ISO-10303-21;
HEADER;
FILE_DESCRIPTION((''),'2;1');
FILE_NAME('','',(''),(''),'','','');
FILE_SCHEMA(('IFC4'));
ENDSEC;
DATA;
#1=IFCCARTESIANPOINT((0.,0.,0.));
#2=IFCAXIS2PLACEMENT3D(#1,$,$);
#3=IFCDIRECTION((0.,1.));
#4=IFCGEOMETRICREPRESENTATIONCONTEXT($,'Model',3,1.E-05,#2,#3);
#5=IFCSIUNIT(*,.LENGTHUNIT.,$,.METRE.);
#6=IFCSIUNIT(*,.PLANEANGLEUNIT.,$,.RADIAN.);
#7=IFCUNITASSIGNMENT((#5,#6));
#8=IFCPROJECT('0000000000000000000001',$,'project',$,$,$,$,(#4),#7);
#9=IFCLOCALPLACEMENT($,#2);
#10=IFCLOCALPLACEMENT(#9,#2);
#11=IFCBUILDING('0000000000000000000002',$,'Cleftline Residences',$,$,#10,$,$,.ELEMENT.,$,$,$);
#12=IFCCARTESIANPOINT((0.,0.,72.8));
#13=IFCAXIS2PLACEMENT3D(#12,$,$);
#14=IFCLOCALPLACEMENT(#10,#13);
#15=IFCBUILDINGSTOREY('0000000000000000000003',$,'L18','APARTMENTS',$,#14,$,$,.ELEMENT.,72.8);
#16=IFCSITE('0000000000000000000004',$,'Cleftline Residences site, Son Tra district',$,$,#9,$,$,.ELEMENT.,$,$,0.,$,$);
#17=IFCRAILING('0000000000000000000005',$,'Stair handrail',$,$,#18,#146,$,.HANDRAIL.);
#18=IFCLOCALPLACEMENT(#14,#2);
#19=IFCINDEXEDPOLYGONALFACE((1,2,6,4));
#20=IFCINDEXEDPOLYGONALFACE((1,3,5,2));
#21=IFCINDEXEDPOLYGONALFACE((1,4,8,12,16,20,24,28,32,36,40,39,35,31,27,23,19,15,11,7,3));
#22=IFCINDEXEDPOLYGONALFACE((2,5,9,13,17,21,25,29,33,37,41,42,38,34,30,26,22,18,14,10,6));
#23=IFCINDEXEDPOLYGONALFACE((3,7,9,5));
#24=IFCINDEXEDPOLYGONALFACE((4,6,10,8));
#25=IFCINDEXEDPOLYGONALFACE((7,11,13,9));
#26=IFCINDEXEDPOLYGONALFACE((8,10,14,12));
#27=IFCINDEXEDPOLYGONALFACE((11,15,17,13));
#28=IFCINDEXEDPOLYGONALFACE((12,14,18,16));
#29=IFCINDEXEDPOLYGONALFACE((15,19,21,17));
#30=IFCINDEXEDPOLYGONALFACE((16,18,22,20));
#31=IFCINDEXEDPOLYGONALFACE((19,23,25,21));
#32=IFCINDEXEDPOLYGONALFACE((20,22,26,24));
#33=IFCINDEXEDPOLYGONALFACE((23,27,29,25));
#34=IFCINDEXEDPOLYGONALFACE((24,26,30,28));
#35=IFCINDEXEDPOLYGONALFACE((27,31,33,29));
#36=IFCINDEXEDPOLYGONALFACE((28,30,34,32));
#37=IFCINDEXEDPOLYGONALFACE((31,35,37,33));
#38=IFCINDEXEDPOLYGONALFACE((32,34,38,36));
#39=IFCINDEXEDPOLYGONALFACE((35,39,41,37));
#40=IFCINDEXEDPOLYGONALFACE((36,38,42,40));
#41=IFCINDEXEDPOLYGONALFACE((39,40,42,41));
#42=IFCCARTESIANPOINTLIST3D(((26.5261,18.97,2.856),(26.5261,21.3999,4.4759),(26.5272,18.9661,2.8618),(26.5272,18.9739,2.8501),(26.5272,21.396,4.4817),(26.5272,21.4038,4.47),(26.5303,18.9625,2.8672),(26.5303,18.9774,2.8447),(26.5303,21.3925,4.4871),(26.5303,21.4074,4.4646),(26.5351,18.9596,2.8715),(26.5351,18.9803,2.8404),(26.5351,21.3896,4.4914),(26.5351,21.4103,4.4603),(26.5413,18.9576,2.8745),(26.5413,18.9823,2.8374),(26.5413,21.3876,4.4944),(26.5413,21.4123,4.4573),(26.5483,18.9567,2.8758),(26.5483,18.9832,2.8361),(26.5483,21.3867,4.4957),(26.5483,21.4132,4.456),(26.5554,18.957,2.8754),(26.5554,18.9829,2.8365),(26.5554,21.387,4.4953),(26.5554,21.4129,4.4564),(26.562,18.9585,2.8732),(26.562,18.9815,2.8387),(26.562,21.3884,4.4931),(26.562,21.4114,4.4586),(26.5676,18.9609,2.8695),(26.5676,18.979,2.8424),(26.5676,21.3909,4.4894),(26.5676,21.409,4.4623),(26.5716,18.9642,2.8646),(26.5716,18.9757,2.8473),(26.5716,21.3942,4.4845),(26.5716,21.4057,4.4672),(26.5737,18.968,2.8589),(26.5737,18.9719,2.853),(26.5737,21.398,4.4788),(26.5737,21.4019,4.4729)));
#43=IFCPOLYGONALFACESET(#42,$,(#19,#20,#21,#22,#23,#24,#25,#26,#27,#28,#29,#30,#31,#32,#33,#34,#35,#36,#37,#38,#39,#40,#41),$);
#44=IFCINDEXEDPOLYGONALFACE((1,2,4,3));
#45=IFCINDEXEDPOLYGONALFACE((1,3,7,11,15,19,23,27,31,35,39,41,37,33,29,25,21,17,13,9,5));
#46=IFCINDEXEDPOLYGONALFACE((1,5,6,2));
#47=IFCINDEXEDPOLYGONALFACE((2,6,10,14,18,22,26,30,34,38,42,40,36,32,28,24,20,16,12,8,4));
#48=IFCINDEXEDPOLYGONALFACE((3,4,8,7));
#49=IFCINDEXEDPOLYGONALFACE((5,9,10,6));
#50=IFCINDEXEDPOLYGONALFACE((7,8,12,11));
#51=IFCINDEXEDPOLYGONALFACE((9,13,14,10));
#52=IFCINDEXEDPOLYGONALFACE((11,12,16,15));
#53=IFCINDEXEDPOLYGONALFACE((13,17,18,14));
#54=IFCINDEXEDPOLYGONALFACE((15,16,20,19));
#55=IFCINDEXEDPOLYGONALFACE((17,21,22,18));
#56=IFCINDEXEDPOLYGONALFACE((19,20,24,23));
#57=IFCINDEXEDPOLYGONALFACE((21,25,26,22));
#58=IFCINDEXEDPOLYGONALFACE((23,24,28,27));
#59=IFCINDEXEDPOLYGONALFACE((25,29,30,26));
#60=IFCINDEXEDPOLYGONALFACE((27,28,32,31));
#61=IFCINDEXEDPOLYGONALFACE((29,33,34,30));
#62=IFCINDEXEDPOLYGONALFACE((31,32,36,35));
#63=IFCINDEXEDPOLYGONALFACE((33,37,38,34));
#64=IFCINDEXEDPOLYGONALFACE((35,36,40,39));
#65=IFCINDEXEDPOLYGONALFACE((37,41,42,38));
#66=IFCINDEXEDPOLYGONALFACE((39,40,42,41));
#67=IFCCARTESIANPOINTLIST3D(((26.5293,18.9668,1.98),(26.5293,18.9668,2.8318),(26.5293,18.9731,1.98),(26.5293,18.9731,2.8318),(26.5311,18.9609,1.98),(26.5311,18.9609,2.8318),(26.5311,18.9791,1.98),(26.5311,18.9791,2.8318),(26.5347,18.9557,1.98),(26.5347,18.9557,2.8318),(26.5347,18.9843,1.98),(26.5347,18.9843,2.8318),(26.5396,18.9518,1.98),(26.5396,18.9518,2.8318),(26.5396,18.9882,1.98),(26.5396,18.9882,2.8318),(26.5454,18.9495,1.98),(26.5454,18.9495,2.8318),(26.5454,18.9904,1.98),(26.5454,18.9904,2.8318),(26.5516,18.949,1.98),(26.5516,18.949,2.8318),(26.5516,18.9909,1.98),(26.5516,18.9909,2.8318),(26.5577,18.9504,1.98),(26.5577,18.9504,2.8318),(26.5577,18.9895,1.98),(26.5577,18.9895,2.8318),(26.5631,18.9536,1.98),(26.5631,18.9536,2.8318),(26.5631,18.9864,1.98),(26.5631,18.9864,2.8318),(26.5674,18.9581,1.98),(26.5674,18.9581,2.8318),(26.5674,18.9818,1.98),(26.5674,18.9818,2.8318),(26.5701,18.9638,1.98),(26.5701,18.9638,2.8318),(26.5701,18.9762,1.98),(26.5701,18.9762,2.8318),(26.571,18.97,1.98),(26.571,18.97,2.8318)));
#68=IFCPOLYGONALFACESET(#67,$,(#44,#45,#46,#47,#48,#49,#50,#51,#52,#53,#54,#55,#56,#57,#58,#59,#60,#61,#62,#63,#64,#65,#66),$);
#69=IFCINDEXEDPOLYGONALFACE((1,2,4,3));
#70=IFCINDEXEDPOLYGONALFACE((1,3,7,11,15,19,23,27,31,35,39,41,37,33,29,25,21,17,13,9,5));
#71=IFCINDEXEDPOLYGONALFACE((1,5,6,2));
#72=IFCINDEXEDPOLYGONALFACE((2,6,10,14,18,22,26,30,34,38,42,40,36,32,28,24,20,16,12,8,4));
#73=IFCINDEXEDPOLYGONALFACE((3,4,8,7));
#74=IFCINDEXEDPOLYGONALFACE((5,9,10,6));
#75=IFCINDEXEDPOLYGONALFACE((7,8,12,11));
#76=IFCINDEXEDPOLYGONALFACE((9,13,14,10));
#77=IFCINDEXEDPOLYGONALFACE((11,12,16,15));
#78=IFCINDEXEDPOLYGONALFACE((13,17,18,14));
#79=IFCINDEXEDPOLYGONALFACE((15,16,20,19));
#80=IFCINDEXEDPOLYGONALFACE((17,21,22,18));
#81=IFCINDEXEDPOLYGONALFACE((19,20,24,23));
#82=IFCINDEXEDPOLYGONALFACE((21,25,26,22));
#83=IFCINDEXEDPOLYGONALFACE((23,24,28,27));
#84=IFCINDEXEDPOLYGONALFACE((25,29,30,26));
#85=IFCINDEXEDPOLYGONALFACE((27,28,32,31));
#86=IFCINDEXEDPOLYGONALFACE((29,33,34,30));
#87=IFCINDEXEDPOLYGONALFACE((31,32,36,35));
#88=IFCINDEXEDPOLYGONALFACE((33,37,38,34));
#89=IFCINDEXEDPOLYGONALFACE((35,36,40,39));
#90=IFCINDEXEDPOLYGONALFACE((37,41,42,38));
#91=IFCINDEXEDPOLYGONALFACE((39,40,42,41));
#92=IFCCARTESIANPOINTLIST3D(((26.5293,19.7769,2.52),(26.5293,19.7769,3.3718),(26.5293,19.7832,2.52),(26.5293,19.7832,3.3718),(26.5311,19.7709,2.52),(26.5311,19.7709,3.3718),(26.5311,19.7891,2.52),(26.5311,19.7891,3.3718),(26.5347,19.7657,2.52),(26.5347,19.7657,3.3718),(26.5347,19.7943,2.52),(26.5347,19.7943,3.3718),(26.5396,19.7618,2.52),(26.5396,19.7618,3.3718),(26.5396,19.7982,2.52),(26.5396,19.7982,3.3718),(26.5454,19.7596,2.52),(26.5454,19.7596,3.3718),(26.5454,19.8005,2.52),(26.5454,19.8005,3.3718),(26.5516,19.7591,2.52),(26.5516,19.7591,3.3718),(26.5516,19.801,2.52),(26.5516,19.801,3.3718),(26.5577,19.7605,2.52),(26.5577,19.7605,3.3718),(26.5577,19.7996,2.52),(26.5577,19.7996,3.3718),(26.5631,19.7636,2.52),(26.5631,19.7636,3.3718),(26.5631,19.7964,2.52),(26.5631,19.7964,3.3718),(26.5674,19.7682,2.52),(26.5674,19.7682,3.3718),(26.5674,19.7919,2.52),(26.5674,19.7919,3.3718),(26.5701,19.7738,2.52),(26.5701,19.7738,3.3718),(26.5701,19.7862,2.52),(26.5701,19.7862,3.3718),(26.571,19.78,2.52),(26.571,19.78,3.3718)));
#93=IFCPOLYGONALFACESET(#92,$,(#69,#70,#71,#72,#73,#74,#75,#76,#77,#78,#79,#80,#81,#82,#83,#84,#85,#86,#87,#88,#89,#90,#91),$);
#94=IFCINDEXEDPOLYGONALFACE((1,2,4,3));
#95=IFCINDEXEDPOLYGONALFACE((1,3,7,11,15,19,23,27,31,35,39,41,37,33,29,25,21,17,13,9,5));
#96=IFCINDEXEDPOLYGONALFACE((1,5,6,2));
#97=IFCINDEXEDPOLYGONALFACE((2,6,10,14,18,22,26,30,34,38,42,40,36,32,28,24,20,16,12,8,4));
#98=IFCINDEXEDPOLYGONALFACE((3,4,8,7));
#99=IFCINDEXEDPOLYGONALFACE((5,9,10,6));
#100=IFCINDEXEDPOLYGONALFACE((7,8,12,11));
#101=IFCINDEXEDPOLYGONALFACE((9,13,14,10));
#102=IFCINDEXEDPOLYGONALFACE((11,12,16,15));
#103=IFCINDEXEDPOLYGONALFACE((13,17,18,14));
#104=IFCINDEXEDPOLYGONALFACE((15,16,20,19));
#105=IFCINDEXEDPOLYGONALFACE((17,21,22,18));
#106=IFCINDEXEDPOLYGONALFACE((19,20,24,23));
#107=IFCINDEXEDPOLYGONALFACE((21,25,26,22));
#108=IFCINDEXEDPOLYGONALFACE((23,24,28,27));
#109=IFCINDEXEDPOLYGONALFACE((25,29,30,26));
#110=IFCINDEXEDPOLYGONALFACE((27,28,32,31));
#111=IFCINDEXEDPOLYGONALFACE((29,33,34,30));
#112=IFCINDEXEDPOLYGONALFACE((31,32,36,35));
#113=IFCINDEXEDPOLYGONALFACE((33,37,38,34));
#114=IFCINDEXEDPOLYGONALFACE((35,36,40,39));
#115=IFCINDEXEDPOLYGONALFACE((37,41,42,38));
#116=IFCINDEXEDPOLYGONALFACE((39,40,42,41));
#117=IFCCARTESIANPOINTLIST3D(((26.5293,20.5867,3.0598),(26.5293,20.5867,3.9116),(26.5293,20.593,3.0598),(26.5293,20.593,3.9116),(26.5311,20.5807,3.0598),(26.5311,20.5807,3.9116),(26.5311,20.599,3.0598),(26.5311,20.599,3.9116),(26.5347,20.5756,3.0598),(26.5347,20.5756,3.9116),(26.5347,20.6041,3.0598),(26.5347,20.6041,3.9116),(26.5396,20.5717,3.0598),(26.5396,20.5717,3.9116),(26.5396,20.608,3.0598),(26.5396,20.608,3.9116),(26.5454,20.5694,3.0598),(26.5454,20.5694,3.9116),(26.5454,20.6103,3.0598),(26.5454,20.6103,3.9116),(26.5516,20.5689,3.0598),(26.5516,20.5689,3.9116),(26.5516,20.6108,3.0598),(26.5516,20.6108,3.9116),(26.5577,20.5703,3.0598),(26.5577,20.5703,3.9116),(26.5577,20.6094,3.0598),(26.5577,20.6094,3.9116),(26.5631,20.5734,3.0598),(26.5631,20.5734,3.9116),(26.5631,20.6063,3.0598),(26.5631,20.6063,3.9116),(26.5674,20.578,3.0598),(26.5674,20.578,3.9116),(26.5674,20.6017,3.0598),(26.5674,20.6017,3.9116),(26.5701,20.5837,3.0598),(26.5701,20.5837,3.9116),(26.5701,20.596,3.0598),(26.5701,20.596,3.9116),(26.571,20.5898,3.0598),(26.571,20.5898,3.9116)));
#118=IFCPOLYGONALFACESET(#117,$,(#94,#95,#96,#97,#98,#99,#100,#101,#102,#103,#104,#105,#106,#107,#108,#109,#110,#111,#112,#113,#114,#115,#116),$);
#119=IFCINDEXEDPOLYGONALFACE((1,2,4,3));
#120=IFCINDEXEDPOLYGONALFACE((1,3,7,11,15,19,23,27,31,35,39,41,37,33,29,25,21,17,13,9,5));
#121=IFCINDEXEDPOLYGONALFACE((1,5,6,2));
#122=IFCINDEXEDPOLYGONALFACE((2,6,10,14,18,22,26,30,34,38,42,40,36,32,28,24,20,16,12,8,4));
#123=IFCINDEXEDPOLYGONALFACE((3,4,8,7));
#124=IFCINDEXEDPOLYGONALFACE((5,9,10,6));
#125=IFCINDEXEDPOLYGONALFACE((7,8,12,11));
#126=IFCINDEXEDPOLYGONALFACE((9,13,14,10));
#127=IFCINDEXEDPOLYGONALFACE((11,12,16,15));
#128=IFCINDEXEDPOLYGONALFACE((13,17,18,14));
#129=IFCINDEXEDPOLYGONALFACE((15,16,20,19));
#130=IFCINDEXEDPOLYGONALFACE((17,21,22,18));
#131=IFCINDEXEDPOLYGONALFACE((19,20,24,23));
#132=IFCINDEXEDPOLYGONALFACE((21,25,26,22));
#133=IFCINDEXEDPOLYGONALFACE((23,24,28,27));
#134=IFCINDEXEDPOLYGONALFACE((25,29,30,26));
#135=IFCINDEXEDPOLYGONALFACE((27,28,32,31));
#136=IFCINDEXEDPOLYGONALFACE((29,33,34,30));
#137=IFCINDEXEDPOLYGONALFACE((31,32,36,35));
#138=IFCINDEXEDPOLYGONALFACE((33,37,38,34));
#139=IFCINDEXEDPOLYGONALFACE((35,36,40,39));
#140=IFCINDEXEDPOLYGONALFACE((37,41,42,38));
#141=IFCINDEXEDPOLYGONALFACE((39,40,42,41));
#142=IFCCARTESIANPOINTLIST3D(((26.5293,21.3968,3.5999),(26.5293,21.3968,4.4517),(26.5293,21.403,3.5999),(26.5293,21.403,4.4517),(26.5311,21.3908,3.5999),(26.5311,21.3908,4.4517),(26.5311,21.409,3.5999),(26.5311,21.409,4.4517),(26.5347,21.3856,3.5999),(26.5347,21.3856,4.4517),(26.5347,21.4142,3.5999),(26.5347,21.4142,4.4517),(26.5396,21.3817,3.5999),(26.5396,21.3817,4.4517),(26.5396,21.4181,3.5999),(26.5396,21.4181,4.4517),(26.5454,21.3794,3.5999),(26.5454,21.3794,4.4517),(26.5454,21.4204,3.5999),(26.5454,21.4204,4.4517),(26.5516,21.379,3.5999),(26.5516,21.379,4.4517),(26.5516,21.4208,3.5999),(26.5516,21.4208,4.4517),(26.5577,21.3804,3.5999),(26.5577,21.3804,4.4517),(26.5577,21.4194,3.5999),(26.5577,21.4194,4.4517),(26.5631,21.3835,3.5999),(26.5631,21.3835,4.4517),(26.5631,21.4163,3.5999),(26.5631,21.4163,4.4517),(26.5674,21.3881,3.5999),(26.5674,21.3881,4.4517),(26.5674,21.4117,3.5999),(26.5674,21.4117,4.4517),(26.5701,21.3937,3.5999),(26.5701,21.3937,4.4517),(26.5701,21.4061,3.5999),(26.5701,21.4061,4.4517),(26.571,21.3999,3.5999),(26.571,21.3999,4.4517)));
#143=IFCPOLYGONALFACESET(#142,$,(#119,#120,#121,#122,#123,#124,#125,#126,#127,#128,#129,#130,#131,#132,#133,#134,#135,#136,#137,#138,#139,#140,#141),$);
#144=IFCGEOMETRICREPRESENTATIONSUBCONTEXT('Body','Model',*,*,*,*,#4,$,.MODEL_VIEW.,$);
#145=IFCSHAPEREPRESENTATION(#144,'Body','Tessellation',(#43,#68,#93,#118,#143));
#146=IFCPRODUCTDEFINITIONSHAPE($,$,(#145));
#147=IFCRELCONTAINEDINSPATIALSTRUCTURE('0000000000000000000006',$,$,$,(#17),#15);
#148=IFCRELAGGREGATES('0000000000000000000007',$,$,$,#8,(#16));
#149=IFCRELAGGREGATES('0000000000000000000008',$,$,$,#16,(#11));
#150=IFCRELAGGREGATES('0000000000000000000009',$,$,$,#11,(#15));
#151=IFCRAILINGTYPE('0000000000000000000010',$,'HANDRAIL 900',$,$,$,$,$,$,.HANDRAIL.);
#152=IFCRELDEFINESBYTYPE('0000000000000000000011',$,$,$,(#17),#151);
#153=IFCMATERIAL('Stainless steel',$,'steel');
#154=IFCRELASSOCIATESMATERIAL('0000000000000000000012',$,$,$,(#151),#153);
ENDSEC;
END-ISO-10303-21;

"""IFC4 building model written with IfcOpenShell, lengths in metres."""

from ifc_helpers import new_model, si_unit, direction, frame, origin, origin_2d, place, context, subcontext, project, spatial, circle, extrude, material, type_object, element, save


model = new_model("IFC4")

# Units and contexts
model_context = context("Model", 3, precision=1e-05, world=origin(), true_north=direction((0.0, 1.0)))
body_context = subcontext(model_context, "Body", "Model", "MODEL_VIEW")
ifc_project = project(units=[si_unit("LENGTHUNIT", "METRE"), si_unit("PLANEANGLEUNIT", "RADIAN")], contexts=[model_context])

# Site, building, storey
site_placement = place(None, origin())
site = spatial("IfcSite", under=ifc_project, at=site_placement, Name="Cleftline Residences site, Son Tra district", CompositionType="ELEMENT", RefElevation=0.0)
building_placement = place(site_placement, origin())
building = spatial("IfcBuilding", under=site, at=building_placement, Name="Cleftline Residences", CompositionType="ELEMENT")
storey_placement = place(building_placement, frame((0.0, 0.0, 72.8)))
storey = spatial("IfcBuildingStorey", under=building, at=storey_placement, Name="L18", Description="APARTMENTS", CompositionType="ELEMENT", Elevation=72.8)

# Railing
ifc_material_1 = material(Name="Stainless steel", Category="steel")
railing_type = type_object("IfcRailingType", Name="HANDRAIL 900", PredefinedType="HANDRAIL", material=ifc_material_1)
railing_1_placement = place(storey_placement, frame((26.55, 18.97, 1.98)))
element("IfcRailing", 1, at=railing_1_placement, inside=storey, type_object=railing_type, Name="Stair handrail", PredefinedType="HANDRAIL", context=body_context, shape_type="SweptSolid", body=[
    extrude(circle(Radius=0.0239, at=origin_2d()), frame((0.0, 0.0, 0.876), z_axis=(0.0, 0.832063, 0.554681), x_axis=(-1.0, 0.0, 0.0)), (0.0, 0.0, 1.0), 2.9204),
    extrude(circle(Radius=0.021, at=origin_2d()), origin(), (0.0, 0.0, 1.0), 0.8518),
    extrude(circle(Radius=0.021, at=origin_2d()), frame((0.0, 0.8101, 0.54)), (0.0, 0.0, 1.0), 0.8518),
    extrude(circle(Radius=0.021, at=origin_2d()), frame((0.0, 1.6199, 1.0798)), (0.0, 0.0, 1.0), 0.8518),
    extrude(circle(Radius=0.021, at=origin_2d()), frame((0.0, 2.4299, 1.6199)), (0.0, 0.0, 1.0), 0.8518),
])

save(model, "model.ifc")
